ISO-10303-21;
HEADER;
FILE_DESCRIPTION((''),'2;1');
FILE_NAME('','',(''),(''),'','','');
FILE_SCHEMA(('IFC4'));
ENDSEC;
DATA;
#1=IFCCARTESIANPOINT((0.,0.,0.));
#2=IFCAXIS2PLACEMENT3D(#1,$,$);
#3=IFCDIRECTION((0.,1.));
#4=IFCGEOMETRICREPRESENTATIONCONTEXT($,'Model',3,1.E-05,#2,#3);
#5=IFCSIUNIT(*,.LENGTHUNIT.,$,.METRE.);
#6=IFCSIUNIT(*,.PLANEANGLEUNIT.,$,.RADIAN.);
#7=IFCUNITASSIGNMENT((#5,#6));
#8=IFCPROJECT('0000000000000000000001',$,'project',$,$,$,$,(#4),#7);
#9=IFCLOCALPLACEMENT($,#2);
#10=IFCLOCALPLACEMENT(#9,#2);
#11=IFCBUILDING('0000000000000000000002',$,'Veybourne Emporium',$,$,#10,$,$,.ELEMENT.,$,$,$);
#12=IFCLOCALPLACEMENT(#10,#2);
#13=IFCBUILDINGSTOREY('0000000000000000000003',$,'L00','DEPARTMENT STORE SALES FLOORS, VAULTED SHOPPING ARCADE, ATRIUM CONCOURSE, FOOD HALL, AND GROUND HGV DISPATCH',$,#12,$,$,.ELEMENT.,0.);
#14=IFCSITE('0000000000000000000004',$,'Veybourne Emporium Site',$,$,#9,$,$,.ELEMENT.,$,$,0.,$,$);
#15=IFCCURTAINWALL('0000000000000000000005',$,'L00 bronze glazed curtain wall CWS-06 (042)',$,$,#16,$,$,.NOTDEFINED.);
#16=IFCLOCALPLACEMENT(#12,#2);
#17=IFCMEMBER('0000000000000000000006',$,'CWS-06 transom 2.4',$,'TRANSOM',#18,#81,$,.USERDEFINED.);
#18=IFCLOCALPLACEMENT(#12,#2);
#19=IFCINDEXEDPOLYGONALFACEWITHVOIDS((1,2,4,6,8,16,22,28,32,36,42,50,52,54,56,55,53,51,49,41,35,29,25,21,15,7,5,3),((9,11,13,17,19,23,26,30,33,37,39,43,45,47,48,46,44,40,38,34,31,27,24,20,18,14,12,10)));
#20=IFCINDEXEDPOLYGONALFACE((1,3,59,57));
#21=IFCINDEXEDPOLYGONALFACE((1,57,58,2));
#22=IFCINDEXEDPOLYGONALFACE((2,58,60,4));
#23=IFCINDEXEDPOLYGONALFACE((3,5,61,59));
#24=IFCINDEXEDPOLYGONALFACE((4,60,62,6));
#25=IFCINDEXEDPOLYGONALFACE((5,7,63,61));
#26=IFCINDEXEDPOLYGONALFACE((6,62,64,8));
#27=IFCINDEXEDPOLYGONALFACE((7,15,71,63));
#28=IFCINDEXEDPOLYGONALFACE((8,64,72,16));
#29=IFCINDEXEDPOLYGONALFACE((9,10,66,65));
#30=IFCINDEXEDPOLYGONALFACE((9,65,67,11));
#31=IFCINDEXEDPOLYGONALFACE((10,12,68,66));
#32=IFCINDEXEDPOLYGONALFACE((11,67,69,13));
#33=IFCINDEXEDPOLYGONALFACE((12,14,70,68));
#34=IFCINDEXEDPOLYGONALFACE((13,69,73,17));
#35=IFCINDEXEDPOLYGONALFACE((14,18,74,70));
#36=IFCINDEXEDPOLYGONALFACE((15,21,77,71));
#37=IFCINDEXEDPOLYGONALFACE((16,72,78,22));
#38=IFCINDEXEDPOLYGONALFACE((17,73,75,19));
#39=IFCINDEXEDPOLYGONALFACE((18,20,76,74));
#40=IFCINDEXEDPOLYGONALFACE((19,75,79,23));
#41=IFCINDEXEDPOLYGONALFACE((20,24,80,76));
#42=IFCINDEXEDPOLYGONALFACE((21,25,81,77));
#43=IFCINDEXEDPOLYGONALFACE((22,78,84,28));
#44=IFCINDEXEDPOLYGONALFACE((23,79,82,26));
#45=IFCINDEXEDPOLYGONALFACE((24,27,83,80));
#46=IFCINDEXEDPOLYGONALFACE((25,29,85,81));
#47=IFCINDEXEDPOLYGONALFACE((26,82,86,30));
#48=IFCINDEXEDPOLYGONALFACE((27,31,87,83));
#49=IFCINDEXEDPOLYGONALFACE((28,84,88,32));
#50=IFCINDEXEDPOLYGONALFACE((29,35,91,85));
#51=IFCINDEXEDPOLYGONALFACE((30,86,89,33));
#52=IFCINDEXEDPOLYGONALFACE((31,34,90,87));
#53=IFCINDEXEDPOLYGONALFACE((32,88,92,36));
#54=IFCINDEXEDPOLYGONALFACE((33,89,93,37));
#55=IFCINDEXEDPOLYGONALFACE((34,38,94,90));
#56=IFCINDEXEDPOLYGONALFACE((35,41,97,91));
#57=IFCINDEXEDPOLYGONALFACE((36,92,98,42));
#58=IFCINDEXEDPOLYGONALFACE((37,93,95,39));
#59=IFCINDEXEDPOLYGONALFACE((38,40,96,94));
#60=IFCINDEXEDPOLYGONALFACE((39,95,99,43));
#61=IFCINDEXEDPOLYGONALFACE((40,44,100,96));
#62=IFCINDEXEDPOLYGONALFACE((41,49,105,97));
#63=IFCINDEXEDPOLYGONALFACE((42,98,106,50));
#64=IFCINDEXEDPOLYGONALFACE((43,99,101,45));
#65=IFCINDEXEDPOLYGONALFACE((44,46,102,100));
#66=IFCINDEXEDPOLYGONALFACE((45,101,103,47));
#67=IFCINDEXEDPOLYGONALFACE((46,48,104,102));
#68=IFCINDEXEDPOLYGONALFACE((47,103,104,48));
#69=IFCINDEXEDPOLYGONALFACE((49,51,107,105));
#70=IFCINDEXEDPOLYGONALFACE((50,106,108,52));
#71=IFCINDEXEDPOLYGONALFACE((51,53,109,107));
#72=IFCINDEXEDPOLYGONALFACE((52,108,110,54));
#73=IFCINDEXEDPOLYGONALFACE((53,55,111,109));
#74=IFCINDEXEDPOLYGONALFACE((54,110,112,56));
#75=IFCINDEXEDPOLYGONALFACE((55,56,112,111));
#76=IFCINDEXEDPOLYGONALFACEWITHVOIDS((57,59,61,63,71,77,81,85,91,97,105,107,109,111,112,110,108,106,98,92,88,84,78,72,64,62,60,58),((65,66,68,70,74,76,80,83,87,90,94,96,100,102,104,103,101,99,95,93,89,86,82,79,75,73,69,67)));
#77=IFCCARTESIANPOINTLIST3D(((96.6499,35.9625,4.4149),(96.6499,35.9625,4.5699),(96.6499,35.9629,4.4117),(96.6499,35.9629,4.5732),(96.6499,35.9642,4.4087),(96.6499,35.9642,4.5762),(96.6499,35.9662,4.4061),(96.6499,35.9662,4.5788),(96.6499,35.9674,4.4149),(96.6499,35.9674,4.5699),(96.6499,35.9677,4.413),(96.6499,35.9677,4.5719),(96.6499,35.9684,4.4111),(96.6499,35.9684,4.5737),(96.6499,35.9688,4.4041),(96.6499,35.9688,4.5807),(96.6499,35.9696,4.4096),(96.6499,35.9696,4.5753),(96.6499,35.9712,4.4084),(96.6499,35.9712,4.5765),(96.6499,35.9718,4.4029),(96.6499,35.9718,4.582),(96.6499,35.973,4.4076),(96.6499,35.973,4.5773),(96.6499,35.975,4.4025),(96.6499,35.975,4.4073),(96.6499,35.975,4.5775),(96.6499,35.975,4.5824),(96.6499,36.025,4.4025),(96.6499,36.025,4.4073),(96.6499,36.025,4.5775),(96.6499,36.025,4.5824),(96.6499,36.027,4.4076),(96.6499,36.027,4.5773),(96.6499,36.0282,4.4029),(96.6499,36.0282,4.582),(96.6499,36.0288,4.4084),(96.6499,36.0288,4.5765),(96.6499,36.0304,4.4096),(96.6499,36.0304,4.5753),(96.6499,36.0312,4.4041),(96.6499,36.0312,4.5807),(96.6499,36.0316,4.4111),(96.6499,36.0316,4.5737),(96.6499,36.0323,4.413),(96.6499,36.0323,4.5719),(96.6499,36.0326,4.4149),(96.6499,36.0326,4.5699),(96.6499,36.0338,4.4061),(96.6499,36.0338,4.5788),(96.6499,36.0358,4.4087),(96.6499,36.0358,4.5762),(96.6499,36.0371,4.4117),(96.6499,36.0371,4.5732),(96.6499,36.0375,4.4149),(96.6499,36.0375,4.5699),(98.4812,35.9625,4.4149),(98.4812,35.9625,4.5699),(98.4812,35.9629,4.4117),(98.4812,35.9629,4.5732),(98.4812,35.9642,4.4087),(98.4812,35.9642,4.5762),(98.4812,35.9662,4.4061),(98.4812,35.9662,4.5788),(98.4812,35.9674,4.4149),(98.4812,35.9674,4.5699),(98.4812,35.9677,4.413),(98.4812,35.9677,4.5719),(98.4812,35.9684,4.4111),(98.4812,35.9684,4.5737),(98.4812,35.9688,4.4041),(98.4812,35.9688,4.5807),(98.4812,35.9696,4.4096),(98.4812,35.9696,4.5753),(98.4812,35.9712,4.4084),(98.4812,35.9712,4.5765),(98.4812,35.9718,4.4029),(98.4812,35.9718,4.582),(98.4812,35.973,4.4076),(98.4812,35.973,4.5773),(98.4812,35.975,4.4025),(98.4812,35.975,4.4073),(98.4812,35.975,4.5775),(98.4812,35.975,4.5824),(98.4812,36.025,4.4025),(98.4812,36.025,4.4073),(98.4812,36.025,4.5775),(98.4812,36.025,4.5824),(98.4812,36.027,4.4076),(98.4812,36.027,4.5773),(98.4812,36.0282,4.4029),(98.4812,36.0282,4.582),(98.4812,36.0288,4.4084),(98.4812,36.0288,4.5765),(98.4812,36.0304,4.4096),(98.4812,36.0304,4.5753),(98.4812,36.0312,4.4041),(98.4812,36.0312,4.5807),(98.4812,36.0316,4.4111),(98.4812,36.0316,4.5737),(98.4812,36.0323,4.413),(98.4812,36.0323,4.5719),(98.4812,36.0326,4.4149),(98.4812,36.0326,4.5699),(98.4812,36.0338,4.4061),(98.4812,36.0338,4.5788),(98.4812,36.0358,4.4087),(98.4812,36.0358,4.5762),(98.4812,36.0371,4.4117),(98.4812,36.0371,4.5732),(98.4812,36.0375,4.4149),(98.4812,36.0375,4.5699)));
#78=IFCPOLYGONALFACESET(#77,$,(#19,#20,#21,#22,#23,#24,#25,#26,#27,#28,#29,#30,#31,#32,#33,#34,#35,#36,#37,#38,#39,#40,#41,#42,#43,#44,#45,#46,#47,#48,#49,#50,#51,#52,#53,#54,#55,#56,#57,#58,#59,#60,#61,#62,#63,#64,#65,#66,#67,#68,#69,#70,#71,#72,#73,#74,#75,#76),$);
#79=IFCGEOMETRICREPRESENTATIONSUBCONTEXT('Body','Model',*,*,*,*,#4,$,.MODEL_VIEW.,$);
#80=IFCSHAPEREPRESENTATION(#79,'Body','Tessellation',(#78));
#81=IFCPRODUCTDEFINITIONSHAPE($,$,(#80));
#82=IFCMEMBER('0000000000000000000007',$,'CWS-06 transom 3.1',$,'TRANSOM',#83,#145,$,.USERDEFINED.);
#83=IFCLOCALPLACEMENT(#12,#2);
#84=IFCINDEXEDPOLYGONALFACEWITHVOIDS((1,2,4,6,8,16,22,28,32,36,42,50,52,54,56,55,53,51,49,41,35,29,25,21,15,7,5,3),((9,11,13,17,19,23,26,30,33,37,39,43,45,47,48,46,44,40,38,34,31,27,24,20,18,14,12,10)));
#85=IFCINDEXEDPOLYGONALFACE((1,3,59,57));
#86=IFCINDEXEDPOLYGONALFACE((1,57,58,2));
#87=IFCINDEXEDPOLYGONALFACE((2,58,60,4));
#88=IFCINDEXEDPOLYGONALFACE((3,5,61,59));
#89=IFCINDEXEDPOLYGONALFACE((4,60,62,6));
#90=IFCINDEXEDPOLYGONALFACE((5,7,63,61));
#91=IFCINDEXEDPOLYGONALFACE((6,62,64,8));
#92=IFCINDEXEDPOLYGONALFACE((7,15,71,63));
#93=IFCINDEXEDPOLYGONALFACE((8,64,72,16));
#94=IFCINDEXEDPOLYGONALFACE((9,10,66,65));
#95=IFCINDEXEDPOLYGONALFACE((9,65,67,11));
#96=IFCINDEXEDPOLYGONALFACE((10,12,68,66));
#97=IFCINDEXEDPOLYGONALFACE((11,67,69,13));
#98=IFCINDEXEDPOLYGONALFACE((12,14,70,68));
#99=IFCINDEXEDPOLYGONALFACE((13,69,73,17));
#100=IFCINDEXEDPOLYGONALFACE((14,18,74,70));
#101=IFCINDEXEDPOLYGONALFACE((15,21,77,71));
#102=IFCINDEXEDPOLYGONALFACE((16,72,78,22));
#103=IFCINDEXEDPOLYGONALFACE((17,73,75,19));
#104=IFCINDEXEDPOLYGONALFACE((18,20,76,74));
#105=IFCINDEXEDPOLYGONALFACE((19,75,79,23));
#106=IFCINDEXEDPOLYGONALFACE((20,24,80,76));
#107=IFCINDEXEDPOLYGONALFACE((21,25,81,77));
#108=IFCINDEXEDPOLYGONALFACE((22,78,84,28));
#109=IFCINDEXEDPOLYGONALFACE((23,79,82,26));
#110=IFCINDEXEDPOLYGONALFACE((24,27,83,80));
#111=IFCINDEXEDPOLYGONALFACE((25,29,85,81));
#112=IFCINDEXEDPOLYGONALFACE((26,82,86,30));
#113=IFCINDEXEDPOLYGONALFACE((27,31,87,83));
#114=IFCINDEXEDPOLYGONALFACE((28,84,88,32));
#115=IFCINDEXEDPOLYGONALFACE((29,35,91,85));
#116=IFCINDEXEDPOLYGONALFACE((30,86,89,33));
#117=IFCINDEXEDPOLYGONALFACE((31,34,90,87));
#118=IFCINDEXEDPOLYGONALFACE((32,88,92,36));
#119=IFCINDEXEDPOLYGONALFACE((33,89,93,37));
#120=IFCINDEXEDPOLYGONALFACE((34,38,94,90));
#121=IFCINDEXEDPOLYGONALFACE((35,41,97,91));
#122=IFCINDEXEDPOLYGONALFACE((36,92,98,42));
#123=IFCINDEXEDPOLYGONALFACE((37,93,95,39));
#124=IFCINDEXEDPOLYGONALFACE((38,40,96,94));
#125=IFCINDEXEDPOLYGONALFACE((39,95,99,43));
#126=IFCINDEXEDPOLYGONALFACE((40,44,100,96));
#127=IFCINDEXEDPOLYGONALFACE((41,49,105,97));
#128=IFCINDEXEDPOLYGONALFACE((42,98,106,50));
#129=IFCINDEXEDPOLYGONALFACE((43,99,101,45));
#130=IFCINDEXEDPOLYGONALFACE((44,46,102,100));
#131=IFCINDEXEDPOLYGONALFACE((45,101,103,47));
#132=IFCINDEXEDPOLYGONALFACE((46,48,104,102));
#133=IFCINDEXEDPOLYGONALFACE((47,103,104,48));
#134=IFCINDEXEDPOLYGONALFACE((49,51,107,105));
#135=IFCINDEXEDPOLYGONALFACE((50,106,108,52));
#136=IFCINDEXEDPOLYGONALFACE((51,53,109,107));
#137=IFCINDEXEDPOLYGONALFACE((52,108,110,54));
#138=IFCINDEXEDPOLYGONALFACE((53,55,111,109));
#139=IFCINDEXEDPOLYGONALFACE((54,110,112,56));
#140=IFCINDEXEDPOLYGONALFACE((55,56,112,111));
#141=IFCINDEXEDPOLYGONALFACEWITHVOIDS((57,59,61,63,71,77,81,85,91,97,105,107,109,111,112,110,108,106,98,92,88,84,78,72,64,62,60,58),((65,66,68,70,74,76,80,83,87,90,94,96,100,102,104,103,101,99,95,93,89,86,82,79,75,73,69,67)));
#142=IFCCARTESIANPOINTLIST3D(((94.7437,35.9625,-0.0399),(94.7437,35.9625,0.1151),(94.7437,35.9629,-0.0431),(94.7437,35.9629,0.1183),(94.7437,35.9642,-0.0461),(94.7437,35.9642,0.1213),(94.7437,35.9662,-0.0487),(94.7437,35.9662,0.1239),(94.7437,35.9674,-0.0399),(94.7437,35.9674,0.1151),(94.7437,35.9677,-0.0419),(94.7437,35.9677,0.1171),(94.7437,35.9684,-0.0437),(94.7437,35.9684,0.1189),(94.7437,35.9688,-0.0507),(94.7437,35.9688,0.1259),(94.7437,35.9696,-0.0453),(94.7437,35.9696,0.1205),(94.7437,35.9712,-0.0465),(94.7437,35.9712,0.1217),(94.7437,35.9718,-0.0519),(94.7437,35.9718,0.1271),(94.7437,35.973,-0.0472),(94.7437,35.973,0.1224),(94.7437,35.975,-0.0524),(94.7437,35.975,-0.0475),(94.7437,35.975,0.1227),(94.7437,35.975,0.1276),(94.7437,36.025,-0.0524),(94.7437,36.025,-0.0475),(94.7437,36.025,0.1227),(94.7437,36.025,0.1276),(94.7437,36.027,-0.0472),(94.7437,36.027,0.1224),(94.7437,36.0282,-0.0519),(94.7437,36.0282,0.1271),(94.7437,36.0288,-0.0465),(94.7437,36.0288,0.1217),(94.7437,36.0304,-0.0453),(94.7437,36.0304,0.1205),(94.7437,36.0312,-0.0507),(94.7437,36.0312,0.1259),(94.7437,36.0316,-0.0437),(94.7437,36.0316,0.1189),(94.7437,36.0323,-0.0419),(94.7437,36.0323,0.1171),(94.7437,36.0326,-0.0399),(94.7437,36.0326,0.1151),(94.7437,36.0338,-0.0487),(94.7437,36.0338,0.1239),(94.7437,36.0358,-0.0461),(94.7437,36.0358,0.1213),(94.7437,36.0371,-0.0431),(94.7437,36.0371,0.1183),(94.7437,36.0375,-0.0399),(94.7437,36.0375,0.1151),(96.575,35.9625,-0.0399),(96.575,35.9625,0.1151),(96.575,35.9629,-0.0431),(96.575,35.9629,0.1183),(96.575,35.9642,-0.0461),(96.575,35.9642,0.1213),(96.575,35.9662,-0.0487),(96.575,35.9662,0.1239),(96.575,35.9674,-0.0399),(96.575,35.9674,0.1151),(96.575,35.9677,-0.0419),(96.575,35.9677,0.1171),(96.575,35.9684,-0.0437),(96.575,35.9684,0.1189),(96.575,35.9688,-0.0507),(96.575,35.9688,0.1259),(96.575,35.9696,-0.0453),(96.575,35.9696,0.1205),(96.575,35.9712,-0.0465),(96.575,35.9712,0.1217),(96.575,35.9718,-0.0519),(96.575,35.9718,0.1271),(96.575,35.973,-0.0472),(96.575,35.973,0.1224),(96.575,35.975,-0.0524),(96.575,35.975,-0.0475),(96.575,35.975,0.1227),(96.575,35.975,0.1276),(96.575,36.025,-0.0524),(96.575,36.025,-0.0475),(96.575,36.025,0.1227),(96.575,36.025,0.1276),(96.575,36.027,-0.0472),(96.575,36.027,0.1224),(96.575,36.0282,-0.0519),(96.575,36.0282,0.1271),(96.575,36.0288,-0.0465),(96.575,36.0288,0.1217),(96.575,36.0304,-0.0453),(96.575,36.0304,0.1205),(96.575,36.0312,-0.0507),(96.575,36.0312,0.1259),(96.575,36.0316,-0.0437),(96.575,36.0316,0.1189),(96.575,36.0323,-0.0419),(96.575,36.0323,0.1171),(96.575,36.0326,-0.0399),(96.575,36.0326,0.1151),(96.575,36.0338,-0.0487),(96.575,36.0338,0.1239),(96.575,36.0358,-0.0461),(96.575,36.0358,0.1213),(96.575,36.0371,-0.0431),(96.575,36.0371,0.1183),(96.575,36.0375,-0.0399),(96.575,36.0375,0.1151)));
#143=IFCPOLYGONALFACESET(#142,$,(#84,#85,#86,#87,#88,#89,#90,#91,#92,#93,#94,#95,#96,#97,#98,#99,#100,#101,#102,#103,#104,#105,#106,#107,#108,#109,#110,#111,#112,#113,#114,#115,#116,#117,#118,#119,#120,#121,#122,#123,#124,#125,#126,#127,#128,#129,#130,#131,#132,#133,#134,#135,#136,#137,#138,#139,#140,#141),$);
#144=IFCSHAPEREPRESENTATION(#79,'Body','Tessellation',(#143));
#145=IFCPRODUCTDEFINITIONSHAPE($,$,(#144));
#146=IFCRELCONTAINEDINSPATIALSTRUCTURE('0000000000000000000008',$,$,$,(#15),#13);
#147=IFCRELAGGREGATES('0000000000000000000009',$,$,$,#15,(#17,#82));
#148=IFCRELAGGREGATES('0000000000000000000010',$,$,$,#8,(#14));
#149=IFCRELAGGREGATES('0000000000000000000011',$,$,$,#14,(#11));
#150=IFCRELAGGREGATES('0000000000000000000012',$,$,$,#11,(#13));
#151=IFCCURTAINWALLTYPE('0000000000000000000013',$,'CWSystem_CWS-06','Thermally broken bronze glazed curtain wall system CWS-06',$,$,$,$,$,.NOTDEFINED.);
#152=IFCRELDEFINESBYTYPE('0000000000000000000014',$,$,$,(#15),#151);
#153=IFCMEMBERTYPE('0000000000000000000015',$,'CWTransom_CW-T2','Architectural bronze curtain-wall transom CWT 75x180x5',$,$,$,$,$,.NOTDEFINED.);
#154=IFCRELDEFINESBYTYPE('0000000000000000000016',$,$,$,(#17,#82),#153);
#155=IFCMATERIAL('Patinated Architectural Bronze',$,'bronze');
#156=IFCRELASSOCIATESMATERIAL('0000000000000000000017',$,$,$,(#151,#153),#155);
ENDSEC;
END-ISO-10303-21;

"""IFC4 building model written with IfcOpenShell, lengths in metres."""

from ifc_helpers import new_model, si_unit, direction, frame, origin, origin_2d, place, context, subcontext, project, spatial, hollow_rectangle, extrude, material, material_profile, profile_set, type_object, element, aggregate, save


model = new_model("IFC4")

# Units and contexts
model_context = context("Model", 3, precision=1e-05, world=origin(), true_north=direction((0.0, 1.0)))
body_context = subcontext(model_context, "Body", "Model", "MODEL_VIEW")
ifc_project = project(units=[si_unit("LENGTHUNIT", "METRE"), si_unit("PLANEANGLEUNIT", "RADIAN")], contexts=[model_context])

# Site, building, storey
site_placement = place(None, origin())
site = spatial("IfcSite", under=ifc_project, at=site_placement, Name="Veybourne Emporium Site", CompositionType="ELEMENT", RefElevation=0.0)
building_placement = place(site_placement, origin())
building = spatial("IfcBuilding", under=site, at=building_placement, Name="Veybourne Emporium", CompositionType="ELEMENT")
storey_placement = place(building_placement, origin())
storey = spatial("IfcBuildingStorey", under=building, at=storey_placement, Name="L00", Description="DEPARTMENT STORE SALES FLOORS, VAULTED SHOPPING ARCADE, ATRIUM CONCOURSE, FOOD HALL, AND GROUND HGV DISPATCH", CompositionType="ELEMENT", Elevation=0.0)

# Curtain wall
ifc_material_1 = material(Name="Patinated Architectural Bronze", Category="bronze")
curtain_wall_type_1 = type_object("IfcCurtainWallType", Name="CWSystem_CWS-06", Description="Thermally broken bronze glazed curtain wall system CWS-06", PredefinedType="NOTDEFINED", material=ifc_material_1)
curtain_wall_1_placement = place(storey_placement, origin())
curtain_wall_1 = element("IfcCurtainWall", 1, at=curtain_wall_1_placement, inside=storey, type_object=curtain_wall_type_1, Name="L00 bronze glazed curtain wall CWS-06 (042)", PredefinedType="NOTDEFINED")

# Members
ifc_material_profile_1 = material_profile(ifc_material_1, hollow_rectangle(XDim=0.075, YDim=0.1799, WallThickness=0.0049, InnerFilletRadius=0.0076, OuterFilletRadius=0.0125, at=origin_2d()), Name="CWT 75x180x5")
ifc_profile_set_1 = profile_set([ifc_material_profile_1], Name="Patinated Architectural Bronze")
member_type_1 = type_object("IfcMemberType", Name="CWTransom_CW-T2", Description="Architectural bronze curtain-wall transom CWT 75x180x5", PredefinedType="NOTDEFINED", material=ifc_profile_set_1)
member_1_placement = place(storey_placement, frame((98.4812, 36.0, 4.4924), z_axis=(-1.0, 0.0, 0.0), x_axis=(0.0, -1.0, 0.0)))
member_1 = element("IfcMember", 2, at=member_1_placement, type_object=member_type_1, Name="CWS-06 transom 2.4", ObjectType="TRANSOM", PredefinedType="USERDEFINED", context=body_context, shape_type="SweptSolid", body=[
    extrude(hollow_rectangle(XDim=0.075, YDim=0.1799, WallThickness=0.0049, InnerFilletRadius=0.0076, OuterFilletRadius=0.0125, at=origin_2d()), origin(), (0.0, 0.0, 1.0), 1.8313),
])
member_2_placement = place(storey_placement, frame((96.575, 36.0, 0.0376), z_axis=(-1.0, 0.0, 0.0), x_axis=(0.0, -1.0, 0.0)))
member_2 = element("IfcMember", 3, at=member_2_placement, type_object=member_type_1, Name="CWS-06 transom 3.1", ObjectType="TRANSOM", PredefinedType="USERDEFINED", context=body_context, shape_type="SweptSolid", body=[
    extrude(hollow_rectangle(XDim=0.075, YDim=0.1799, WallThickness=0.0049, InnerFilletRadius=0.0076, OuterFilletRadius=0.0125, at=origin_2d()), origin(), (0.0, 0.0, 1.0), 1.8313),
])

aggregate(curtain_wall_1, [member_1, member_2])

save(model, "model.ifc")
